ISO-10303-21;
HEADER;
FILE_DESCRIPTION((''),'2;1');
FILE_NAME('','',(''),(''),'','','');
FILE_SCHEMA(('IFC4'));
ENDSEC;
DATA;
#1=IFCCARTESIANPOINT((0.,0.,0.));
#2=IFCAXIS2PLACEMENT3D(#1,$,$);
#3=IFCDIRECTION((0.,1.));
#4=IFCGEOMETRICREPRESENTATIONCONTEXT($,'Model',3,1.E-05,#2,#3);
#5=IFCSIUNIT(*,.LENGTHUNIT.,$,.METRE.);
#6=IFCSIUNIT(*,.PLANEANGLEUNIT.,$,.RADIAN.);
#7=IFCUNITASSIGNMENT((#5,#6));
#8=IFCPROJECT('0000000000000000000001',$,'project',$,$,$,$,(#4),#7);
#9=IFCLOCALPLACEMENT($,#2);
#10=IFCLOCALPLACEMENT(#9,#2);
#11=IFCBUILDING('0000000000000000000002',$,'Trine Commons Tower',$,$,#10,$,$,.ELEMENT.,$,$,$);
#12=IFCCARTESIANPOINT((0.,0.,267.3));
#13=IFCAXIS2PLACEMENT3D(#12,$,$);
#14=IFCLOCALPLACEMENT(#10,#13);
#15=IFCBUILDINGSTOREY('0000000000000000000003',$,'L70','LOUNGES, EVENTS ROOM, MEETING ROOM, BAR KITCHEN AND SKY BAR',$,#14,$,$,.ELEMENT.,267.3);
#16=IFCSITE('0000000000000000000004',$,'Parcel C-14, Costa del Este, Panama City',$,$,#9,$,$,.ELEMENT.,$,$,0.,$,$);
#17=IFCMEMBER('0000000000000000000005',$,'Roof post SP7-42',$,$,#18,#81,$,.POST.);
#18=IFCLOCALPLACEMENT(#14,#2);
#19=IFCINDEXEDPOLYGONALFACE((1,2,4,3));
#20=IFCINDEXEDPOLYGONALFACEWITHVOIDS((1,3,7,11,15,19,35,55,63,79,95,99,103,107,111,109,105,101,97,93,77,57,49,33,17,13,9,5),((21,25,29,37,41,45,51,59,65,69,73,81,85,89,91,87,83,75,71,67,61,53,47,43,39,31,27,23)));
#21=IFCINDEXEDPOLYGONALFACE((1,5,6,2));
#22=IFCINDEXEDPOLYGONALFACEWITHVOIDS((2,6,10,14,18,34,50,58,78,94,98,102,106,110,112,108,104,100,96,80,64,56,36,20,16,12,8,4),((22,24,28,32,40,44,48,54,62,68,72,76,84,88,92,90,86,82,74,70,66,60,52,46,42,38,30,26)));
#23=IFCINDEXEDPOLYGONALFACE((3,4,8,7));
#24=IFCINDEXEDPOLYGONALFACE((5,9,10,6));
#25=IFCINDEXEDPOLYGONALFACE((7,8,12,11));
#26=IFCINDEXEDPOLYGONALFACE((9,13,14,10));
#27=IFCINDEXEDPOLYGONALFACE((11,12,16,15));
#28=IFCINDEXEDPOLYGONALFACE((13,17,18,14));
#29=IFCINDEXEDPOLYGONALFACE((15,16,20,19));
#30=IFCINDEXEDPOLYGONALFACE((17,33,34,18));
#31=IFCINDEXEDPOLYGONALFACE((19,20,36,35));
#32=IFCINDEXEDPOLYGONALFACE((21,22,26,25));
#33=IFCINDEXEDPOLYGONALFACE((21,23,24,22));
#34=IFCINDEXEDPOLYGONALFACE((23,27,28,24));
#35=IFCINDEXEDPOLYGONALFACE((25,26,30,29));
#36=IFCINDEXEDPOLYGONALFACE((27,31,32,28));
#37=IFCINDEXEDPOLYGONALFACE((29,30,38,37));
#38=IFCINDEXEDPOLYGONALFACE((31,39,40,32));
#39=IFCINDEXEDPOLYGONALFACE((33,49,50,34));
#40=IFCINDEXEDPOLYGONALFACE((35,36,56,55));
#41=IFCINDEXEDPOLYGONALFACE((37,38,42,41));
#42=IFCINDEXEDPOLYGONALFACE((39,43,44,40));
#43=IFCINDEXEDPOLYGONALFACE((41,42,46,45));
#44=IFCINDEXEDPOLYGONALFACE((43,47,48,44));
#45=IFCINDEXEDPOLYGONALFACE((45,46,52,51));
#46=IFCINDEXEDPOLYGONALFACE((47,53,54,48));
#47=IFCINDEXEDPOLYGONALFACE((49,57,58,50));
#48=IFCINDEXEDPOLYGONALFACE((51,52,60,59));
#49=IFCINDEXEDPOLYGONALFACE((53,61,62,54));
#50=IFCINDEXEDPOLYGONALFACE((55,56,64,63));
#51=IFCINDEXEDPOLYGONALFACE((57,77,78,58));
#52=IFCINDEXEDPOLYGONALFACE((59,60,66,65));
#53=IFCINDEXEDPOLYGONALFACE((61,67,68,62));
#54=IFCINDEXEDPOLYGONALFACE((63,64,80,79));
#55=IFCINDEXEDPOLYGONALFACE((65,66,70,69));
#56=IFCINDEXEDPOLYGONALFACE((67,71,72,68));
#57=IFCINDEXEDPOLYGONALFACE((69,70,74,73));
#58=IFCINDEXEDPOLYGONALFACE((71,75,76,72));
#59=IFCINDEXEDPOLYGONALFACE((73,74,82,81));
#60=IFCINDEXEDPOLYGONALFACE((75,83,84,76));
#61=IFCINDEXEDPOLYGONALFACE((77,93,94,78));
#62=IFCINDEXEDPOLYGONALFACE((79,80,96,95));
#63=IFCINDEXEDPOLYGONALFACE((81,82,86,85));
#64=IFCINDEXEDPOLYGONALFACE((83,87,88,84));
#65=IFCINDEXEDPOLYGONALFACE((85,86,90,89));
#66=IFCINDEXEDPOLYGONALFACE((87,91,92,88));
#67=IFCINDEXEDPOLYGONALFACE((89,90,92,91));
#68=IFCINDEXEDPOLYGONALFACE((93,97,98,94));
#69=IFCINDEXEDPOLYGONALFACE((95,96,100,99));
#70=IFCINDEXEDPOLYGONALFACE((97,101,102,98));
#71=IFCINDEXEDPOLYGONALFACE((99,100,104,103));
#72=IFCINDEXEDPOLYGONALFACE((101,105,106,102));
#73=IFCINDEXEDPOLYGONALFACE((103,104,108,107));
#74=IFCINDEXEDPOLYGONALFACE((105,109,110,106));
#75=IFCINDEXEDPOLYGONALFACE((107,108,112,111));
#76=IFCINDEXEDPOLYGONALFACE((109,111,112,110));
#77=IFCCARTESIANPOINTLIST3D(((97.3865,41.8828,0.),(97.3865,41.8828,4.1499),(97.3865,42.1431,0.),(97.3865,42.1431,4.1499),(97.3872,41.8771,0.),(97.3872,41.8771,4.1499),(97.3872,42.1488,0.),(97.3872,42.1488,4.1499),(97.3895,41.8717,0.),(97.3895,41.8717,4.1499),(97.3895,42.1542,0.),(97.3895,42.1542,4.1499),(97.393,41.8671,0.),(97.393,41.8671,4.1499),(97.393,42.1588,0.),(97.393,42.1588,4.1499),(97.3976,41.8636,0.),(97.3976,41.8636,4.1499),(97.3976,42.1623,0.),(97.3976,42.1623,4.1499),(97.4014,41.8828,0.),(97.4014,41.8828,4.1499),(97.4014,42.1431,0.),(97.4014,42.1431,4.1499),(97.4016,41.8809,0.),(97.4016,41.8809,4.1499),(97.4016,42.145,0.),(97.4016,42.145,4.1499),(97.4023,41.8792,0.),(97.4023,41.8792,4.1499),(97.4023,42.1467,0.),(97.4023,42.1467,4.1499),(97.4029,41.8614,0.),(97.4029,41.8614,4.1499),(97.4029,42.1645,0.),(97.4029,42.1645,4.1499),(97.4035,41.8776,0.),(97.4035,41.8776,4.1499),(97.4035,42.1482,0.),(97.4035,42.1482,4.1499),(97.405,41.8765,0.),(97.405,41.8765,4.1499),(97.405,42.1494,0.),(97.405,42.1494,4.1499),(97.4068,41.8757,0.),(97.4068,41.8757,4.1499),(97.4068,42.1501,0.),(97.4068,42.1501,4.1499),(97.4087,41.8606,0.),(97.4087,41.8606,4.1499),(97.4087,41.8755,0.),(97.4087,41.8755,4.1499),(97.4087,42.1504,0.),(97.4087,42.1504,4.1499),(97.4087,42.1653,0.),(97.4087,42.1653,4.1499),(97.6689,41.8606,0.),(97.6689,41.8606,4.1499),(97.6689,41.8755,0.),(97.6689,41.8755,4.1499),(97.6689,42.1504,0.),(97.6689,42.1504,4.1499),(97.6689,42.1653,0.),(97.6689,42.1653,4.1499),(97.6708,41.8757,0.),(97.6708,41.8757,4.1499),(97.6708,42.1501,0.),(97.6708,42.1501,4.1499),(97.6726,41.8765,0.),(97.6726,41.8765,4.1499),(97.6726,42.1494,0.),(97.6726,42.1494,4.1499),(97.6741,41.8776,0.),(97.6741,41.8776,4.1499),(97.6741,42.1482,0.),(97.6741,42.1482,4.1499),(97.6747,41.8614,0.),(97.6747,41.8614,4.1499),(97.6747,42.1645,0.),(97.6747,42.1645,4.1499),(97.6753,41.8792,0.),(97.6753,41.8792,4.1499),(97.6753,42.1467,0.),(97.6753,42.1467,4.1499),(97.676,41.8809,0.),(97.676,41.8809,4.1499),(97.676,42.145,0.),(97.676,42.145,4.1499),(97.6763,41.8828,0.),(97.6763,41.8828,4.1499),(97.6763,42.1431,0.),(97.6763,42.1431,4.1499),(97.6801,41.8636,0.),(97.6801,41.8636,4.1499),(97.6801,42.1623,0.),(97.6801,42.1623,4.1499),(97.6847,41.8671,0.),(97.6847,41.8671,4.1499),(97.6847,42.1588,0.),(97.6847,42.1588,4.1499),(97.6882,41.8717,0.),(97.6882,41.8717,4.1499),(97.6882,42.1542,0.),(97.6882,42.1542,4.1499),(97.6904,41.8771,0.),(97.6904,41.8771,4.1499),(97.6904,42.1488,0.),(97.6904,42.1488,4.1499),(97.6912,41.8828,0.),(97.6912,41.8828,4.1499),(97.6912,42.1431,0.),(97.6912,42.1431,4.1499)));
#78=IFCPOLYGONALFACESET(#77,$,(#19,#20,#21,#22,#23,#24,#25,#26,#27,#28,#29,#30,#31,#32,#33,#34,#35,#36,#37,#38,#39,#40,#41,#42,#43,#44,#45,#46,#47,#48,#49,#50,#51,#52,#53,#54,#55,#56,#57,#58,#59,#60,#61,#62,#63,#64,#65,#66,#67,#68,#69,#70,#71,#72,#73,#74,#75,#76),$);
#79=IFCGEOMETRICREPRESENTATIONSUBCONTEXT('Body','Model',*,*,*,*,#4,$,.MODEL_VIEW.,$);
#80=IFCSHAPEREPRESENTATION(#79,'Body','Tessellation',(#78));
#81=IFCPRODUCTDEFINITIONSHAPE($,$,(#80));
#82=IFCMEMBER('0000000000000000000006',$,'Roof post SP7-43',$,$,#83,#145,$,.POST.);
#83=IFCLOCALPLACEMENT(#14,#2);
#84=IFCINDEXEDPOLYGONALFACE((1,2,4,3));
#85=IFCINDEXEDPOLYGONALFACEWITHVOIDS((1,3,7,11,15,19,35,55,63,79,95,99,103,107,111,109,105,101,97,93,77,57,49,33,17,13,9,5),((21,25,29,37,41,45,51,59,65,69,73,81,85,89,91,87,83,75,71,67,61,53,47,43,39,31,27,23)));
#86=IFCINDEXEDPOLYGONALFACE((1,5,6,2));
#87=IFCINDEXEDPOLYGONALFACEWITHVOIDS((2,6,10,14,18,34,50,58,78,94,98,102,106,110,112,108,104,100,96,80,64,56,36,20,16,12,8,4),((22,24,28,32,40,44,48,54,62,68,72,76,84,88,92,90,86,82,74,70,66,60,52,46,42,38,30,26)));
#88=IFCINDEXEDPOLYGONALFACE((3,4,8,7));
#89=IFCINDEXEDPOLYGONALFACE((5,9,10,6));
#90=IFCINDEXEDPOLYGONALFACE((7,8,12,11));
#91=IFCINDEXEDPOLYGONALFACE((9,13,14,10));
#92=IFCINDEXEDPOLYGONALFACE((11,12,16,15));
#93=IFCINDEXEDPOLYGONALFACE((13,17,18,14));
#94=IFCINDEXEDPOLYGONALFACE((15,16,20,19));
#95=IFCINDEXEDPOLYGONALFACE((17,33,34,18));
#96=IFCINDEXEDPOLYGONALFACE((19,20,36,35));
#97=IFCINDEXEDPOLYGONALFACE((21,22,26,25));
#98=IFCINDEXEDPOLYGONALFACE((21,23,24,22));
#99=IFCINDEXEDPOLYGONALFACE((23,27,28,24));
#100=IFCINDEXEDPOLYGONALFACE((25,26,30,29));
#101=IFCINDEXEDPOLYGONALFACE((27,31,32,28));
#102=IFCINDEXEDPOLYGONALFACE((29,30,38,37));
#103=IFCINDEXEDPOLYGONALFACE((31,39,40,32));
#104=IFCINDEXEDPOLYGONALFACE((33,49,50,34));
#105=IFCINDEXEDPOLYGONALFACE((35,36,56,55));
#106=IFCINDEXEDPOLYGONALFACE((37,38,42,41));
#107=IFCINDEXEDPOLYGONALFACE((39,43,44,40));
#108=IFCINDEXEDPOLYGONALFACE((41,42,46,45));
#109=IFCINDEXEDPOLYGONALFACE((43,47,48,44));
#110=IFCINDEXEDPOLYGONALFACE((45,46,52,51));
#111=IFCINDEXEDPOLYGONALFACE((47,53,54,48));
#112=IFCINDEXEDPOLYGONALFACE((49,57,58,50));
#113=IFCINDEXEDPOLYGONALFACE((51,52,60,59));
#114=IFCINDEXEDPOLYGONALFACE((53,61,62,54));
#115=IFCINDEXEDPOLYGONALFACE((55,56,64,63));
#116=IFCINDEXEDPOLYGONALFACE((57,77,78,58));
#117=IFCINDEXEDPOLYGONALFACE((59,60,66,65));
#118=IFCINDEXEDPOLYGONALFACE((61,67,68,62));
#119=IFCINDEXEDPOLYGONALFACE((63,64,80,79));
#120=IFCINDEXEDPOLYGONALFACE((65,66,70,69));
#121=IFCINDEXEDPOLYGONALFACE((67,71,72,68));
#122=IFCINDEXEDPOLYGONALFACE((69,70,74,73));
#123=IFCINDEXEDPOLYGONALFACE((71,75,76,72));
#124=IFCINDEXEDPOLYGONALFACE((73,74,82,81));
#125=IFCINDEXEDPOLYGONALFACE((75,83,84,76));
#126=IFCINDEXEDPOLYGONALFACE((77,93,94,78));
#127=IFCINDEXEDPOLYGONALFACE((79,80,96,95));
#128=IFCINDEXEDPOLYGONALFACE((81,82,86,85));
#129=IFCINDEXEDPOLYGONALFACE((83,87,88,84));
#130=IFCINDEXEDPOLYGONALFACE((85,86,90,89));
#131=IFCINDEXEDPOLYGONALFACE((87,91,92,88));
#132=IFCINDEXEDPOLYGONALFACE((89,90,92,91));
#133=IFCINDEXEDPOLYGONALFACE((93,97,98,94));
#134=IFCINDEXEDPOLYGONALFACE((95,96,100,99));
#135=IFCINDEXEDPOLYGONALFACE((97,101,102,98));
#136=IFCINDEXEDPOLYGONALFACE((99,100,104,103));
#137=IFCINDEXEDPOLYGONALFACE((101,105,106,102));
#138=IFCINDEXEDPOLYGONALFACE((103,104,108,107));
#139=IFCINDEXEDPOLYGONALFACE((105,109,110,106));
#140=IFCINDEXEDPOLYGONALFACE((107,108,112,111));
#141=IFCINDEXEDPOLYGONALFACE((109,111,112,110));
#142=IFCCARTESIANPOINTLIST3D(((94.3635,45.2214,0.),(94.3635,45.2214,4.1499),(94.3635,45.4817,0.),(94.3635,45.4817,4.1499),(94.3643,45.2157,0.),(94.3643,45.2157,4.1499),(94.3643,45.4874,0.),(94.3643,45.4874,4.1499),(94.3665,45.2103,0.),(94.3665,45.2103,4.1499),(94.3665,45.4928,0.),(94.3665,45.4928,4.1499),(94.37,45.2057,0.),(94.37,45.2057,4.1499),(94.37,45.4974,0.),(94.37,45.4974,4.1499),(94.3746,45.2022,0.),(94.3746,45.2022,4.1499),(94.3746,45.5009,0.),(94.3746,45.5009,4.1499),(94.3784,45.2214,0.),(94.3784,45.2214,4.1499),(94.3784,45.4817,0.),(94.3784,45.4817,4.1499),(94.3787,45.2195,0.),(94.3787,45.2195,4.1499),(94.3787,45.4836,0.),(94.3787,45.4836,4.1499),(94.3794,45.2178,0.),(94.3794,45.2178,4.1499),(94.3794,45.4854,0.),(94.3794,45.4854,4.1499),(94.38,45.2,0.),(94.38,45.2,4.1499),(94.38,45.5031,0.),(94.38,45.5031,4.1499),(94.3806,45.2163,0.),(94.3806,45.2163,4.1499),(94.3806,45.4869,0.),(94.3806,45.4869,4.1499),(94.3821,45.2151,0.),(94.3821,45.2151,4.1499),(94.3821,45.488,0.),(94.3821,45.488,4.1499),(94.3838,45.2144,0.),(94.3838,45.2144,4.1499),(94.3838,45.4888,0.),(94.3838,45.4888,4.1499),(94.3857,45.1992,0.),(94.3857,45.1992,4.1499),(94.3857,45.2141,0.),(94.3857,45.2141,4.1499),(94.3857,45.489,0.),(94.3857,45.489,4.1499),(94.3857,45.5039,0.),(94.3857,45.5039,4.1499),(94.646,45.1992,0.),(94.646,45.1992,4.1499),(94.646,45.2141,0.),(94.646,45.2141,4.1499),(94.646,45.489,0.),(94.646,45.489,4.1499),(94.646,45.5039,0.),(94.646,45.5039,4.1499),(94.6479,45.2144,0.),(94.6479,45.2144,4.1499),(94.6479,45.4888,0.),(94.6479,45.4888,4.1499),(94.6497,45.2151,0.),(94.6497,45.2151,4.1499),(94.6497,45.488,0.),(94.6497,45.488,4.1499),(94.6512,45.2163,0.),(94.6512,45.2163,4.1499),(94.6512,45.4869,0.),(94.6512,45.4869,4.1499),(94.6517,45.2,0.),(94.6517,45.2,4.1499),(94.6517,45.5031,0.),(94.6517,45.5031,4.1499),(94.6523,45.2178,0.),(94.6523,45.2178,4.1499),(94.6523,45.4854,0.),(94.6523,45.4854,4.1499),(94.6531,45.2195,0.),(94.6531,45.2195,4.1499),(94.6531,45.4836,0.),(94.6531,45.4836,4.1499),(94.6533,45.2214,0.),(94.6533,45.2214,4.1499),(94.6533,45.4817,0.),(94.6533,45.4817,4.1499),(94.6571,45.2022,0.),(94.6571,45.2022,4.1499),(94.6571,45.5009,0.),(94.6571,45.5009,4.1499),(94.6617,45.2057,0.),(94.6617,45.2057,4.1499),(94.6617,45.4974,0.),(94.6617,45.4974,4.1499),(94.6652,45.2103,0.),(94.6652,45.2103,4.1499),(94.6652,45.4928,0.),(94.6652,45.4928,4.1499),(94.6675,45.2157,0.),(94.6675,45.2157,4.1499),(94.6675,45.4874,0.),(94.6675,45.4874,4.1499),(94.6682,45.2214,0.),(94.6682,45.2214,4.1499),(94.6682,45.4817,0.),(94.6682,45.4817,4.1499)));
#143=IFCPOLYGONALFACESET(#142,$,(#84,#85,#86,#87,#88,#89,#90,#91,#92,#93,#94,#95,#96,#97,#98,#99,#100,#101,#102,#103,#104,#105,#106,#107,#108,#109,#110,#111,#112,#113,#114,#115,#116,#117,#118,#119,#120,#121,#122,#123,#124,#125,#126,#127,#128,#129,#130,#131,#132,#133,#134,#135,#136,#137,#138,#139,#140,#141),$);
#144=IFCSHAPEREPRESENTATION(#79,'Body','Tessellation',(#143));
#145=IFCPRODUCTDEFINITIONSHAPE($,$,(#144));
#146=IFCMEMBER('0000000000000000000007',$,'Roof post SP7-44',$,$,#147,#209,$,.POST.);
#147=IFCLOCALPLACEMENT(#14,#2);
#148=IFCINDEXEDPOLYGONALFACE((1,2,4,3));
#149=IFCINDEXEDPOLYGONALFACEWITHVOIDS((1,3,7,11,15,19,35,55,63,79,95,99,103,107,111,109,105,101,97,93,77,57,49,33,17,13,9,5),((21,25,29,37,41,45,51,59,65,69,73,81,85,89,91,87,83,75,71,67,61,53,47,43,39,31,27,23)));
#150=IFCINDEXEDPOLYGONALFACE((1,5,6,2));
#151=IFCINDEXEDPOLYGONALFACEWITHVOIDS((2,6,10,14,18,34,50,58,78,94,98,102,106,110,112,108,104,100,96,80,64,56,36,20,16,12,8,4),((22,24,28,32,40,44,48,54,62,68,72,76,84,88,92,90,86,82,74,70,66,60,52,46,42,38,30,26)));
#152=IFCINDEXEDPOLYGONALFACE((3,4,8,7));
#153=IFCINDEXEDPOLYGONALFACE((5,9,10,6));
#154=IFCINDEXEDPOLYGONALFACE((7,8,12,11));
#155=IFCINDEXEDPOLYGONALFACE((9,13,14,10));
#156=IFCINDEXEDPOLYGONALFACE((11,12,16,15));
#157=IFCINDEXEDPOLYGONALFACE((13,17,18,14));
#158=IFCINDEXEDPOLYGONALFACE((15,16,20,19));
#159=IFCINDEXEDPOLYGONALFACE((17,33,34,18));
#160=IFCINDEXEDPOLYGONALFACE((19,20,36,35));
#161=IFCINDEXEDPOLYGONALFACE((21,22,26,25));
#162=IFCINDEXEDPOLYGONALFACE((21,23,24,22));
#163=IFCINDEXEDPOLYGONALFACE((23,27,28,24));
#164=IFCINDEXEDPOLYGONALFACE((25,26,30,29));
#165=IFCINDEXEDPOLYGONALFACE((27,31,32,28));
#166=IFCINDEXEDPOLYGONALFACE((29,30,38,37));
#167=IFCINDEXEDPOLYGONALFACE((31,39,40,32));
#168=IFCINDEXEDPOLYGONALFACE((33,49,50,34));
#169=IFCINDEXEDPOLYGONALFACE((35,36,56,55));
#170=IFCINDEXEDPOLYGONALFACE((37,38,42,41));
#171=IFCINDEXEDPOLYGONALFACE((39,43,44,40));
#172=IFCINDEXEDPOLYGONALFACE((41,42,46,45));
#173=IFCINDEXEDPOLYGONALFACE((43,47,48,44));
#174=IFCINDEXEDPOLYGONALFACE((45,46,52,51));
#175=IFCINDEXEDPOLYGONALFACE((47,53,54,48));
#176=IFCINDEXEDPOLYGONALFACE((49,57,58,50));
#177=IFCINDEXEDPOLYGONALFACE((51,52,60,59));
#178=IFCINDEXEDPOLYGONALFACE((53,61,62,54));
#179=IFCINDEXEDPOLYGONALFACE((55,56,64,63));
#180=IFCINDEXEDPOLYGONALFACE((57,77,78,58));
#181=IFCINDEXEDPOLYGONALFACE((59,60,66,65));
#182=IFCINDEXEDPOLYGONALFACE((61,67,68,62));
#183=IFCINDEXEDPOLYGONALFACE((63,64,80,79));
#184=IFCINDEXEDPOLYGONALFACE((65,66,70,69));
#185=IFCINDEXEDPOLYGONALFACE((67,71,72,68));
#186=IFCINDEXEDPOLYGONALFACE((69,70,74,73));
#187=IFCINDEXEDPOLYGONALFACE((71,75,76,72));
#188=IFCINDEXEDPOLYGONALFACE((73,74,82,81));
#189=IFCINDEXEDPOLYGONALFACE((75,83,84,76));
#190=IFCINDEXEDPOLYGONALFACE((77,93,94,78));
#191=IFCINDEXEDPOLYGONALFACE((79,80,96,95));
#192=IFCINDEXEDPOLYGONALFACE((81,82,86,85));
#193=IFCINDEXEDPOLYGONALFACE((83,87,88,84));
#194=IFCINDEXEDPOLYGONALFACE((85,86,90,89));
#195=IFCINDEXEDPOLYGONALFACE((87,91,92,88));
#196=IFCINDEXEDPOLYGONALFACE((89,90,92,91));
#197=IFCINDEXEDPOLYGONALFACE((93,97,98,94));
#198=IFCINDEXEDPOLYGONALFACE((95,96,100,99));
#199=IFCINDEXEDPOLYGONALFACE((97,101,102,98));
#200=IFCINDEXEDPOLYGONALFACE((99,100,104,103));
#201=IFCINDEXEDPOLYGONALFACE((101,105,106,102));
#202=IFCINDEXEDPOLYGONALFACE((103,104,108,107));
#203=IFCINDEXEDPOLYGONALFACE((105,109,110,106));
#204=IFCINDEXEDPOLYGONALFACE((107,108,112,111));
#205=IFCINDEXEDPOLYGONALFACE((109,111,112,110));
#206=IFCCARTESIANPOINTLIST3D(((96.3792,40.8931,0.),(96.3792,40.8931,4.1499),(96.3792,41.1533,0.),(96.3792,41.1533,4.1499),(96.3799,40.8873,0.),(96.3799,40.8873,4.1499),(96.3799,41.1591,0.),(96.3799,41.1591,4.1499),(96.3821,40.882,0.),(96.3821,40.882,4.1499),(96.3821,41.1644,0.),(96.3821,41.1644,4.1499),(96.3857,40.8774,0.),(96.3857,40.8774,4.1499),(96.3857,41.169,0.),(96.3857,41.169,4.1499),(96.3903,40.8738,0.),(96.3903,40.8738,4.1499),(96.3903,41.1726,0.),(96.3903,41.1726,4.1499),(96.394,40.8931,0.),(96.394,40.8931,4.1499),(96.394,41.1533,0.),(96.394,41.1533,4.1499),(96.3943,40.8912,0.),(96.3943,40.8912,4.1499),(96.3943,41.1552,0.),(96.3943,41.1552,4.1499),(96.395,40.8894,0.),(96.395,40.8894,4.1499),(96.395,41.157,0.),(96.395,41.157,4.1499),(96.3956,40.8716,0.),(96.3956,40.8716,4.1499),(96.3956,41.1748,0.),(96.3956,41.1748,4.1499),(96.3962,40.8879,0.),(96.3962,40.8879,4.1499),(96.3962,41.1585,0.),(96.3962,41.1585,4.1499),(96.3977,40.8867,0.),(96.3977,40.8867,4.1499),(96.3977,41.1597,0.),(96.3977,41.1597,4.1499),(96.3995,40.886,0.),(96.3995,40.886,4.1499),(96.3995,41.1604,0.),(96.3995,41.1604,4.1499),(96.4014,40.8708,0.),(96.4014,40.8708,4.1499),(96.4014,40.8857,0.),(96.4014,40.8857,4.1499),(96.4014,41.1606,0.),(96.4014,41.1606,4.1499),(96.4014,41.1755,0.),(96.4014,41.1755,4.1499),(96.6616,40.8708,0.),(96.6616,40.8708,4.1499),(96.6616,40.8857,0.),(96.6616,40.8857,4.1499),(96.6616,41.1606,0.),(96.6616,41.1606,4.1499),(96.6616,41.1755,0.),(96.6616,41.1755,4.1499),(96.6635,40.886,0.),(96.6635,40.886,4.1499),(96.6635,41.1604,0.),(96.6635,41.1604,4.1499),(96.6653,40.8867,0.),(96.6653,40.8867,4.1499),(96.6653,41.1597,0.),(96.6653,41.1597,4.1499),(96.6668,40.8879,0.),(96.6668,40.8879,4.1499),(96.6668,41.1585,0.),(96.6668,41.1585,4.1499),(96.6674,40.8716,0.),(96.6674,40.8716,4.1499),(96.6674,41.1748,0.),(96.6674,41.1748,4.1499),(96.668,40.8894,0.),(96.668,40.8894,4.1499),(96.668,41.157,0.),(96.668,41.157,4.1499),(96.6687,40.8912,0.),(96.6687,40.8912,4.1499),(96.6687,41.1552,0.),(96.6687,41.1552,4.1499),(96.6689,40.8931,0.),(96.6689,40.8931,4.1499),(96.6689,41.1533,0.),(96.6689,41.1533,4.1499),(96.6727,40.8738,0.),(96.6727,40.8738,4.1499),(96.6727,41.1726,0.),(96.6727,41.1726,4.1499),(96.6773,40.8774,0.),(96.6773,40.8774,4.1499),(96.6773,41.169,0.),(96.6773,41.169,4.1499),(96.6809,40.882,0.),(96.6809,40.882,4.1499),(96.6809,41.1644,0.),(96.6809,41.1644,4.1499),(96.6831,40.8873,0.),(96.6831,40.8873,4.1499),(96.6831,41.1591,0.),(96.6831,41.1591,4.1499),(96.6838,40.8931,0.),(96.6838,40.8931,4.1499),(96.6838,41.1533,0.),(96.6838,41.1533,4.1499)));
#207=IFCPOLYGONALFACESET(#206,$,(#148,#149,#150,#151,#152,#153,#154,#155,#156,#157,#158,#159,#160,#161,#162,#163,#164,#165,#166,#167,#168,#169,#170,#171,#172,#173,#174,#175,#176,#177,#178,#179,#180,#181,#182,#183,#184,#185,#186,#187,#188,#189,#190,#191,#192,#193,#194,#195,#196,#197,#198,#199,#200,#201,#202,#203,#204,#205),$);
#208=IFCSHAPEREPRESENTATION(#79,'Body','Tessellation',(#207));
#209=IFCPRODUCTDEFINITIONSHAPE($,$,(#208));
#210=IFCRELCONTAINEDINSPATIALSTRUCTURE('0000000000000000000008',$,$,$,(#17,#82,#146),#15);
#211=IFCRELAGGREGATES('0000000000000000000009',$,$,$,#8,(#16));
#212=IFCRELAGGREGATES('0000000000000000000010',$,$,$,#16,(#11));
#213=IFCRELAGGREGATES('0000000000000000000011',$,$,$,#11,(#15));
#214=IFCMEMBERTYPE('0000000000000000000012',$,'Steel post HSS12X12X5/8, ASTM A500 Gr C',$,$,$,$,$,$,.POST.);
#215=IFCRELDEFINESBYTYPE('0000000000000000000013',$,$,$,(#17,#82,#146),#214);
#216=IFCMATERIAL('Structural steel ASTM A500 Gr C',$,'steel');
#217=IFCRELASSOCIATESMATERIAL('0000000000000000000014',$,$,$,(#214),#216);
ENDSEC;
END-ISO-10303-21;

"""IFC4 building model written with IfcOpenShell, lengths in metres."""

from ifc_helpers import new_model, si_unit, direction, frame, origin, origin_2d, place, context, subcontext, project, spatial, hollow_rectangle, extrude, material, material_profile, profile_set, type_object, element, save


model = new_model("IFC4")

# Units and contexts
model_context = context("Model", 3, precision=1e-05, world=origin(), true_north=direction((0.0, 1.0)))
body_context = subcontext(model_context, "Body", "Model", "MODEL_VIEW")
ifc_project = project(units=[si_unit("LENGTHUNIT", "METRE"), si_unit("PLANEANGLEUNIT", "RADIAN")], contexts=[model_context])

# Site, building, storey
site_placement = place(None, origin())
site = spatial("IfcSite", under=ifc_project, at=site_placement, Name="Parcel C-14, Costa del Este, Panama City", CompositionType="ELEMENT", RefElevation=0.0)
building_placement = place(site_placement, origin())
building = spatial("IfcBuilding", under=site, at=building_placement, Name="Trine Commons Tower", CompositionType="ELEMENT")
storey_placement = place(building_placement, frame((0.0, 0.0, 267.3)))
storey = spatial("IfcBuildingStorey", under=building, at=storey_placement, Name="L70", Description="LOUNGES, EVENTS ROOM, MEETING ROOM, BAR KITCHEN AND SKY BAR", CompositionType="ELEMENT", Elevation=267.3)

# Members
ifc_material_1 = material(Name="Structural steel ASTM A500 Gr C", Category="steel")
ifc_material_profile_1 = material_profile(ifc_material_1, hollow_rectangle(XDim=0.3047, YDim=0.3047, WallThickness=0.0149, InnerFilletRadius=0.0073, OuterFilletRadius=0.0222, at=origin_2d()), Name="HSS12X12X5/8")
ifc_profile_set_1 = profile_set([ifc_material_profile_1], Name="Structural steel ASTM A500 Gr C")
member_type_1 = type_object("IfcMemberType", Name="Steel post HSS12X12X5/8, ASTM A500 Gr C", PredefinedType="POST", material=ifc_profile_set_1)
for number, where, z_axis, x_axis, name in (
    (1, (97.5388, 42.0129, 0.0), (0.0, 0.0, 1.0), (1.0, 0.0, 0.0), "Roof post SP7-42"),
    (2, (94.5159, 45.3516, 0.0), (0.0, 0.0, 1.0), (1.0, 0.0, 0.0), "Roof post SP7-43"),
    (3, (96.5315, 41.0232, 0.0), (0.0, 0.0, 1.0), (1.0, 0.0, 0.0), "Roof post SP7-44"),
):
    element("IfcMember", number, at=place(storey_placement, frame(where, z_axis=z_axis, x_axis=x_axis)), inside=storey, type_object=member_type_1, Name=name, PredefinedType="POST", context=body_context, shape_type="SweptSolid", body=[
        extrude(hollow_rectangle(XDim=0.3047, YDim=0.3047, WallThickness=0.0149, InnerFilletRadius=0.0073, OuterFilletRadius=0.0222, at=origin_2d()), origin(), (0.0, 0.0, 1.0), 4.1499),
    ])

save(model, "model.ifc")
